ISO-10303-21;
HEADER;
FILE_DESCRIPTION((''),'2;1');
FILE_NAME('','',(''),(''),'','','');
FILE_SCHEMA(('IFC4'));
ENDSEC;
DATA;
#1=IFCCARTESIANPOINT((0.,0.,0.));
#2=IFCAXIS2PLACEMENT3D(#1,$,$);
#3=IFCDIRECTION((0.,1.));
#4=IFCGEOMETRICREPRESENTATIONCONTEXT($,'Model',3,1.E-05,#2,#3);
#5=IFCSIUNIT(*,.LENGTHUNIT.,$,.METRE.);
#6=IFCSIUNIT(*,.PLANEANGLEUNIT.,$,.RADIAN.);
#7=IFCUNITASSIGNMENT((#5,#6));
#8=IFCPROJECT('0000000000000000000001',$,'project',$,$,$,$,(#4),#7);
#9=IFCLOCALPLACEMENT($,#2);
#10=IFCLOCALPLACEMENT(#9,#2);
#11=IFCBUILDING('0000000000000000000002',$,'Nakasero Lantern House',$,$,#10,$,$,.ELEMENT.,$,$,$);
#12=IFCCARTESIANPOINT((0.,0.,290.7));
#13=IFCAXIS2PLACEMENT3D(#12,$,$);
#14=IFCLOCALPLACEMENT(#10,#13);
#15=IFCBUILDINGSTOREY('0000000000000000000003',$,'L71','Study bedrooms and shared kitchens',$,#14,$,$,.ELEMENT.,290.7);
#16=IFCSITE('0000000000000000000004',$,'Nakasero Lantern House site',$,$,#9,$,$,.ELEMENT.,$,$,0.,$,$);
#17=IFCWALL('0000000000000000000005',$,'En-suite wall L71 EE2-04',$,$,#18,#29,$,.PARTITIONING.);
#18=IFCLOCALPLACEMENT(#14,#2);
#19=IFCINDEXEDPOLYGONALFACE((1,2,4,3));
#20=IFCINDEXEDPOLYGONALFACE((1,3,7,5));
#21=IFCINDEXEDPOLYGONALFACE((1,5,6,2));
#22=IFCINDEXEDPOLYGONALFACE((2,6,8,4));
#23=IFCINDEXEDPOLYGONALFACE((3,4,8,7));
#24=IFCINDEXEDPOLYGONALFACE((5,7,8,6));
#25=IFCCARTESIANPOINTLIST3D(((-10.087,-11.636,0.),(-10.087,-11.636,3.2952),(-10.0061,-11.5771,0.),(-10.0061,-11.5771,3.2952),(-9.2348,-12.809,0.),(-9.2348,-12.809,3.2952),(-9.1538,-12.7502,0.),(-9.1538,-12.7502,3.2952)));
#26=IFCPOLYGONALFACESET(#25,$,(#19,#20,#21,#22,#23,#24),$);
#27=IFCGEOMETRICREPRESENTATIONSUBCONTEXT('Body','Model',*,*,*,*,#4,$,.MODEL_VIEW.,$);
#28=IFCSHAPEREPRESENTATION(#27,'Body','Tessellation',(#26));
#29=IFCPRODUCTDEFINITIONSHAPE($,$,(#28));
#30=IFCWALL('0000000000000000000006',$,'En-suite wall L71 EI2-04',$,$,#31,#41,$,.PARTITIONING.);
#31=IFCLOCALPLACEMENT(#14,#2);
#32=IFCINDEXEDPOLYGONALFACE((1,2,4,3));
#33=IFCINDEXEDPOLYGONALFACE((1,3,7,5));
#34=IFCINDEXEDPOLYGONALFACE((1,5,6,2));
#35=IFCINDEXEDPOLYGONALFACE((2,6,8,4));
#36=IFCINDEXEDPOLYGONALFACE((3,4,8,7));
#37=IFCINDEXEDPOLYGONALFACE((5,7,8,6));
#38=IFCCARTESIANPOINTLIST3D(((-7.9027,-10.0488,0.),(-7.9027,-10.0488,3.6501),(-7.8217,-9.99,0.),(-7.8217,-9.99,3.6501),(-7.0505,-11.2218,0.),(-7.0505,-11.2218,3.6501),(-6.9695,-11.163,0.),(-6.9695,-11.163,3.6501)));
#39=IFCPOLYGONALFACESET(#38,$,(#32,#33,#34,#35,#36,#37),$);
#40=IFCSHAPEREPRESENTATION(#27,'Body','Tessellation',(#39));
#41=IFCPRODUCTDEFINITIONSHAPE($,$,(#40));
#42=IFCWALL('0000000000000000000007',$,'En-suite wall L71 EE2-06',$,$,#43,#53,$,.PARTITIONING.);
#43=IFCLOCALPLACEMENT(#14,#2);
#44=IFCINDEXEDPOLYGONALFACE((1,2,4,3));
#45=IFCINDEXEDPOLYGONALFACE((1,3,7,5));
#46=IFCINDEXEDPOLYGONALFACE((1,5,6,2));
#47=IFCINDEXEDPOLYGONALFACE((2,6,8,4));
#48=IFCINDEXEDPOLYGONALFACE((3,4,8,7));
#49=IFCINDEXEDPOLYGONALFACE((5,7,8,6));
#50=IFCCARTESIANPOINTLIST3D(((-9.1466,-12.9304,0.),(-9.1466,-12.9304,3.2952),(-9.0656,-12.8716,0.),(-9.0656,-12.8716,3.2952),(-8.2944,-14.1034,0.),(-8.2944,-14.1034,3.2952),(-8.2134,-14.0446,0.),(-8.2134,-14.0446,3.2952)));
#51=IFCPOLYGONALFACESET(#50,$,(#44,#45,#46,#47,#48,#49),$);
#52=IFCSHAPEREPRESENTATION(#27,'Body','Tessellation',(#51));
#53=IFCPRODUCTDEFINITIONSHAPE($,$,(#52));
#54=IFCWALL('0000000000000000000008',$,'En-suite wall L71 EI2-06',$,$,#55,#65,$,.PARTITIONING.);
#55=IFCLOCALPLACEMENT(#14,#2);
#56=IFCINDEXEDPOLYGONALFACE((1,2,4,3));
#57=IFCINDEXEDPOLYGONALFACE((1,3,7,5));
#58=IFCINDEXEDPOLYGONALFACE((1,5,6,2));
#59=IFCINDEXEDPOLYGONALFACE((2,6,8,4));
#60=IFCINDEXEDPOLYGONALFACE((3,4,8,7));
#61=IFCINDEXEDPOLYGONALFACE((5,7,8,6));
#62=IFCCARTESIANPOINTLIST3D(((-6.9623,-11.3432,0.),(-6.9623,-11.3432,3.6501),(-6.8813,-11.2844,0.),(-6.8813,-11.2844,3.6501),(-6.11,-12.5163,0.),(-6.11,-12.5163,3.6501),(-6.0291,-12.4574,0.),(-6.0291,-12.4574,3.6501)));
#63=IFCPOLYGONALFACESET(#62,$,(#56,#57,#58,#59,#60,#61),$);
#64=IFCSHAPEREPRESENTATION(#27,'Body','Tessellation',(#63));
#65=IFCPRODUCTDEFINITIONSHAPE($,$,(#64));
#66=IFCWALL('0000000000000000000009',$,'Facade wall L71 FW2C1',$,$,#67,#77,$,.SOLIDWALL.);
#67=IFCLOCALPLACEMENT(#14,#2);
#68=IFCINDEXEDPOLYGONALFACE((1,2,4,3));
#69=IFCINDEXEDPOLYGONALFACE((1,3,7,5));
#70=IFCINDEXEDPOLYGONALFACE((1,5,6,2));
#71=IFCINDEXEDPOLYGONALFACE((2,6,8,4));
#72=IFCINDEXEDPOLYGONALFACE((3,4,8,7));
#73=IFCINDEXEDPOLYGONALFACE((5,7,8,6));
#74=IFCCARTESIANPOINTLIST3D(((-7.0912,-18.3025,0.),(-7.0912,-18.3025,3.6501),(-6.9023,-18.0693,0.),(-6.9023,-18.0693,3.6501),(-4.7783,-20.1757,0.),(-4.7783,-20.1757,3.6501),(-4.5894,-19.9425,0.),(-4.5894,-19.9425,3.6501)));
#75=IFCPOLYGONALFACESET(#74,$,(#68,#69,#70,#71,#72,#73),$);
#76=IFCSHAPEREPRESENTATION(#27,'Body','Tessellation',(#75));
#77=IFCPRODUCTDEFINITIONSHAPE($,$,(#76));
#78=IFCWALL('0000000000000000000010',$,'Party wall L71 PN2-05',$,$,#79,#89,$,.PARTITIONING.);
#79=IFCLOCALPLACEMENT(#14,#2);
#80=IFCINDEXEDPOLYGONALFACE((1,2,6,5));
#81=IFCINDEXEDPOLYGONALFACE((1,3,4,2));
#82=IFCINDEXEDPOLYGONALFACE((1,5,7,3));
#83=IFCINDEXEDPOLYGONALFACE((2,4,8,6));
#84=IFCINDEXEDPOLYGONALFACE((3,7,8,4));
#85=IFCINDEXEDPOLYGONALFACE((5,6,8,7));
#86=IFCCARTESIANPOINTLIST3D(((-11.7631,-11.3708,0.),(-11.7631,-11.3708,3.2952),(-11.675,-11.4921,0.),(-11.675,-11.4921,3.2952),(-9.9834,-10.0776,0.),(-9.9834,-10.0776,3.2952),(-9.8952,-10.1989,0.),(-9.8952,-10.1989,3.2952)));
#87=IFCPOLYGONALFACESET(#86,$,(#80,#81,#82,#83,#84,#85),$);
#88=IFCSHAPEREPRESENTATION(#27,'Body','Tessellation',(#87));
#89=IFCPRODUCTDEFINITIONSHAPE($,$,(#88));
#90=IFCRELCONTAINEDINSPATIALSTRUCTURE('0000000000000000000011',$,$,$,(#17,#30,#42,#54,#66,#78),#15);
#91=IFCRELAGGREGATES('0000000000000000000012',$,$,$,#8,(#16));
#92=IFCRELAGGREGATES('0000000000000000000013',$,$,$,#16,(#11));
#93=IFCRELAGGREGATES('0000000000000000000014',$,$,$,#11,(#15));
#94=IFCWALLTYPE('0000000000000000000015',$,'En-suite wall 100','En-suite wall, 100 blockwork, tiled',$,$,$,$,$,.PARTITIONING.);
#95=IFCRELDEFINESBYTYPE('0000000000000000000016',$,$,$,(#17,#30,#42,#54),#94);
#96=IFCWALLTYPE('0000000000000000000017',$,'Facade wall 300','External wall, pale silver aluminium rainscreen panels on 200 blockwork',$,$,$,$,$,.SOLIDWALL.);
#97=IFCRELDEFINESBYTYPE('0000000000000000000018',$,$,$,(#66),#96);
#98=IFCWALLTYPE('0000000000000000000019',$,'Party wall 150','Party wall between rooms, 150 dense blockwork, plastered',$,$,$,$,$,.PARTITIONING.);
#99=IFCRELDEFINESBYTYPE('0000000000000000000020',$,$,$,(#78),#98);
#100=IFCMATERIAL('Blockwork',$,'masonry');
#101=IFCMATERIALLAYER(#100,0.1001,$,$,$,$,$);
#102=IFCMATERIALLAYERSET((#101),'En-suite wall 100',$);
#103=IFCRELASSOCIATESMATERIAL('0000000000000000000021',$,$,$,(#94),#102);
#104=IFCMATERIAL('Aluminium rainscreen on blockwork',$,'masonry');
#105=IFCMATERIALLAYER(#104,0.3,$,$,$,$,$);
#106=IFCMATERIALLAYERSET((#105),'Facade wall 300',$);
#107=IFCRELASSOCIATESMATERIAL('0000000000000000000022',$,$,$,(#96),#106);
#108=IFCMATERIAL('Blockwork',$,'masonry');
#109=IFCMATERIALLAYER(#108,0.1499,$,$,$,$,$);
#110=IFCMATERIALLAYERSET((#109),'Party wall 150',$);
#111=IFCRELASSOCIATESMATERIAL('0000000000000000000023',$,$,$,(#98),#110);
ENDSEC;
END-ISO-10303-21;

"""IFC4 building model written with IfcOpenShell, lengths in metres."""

from ifc_helpers import new_model, si_unit, direction, frame, frame_2d, origin, place, context, subcontext, project, spatial, rectangle, extrude, material, layer, layer_set, type_object, element, save


model = new_model("IFC4")

# Units and contexts
model_context = context("Model", 3, precision=1e-05, world=origin(), true_north=direction((0.0, 1.0)))
body_context = subcontext(model_context, "Body", "Model", "MODEL_VIEW")
ifc_project = project(units=[si_unit("LENGTHUNIT", "METRE"), si_unit("PLANEANGLEUNIT", "RADIAN")], contexts=[model_context])

# Site, building, storey
site_placement = place(None, origin())
site = spatial("IfcSite", under=ifc_project, at=site_placement, Name="Nakasero Lantern House site", CompositionType="ELEMENT", RefElevation=0.0)
building_placement = place(site_placement, origin())
building = spatial("IfcBuilding", under=site, at=building_placement, Name="Nakasero Lantern House", CompositionType="ELEMENT")
storey_placement = place(building_placement, frame((0.0, 0.0, 290.7)))
storey = spatial("IfcBuildingStorey", under=building, at=storey_placement, Name="L71", Description="Study bedrooms and shared kitchens", CompositionType="ELEMENT", Elevation=290.7)

# Shared definitions
ifc_material_1 = material(Name="Blockwork", Category="masonry")
ifc_layer_1 = layer(ifc_material_1, 0.1001)
ifc_layer_set_1 = layer_set([ifc_layer_1], Name="En-suite wall 100")
wall_type_1 = type_object("IfcWallType", Name="En-suite wall 100", Description="En-suite wall, 100 blockwork, tiled", PredefinedType="PARTITIONING", material=ifc_layer_set_1)

# Walls
wall_1_placement = place(storey_placement, frame((-10.0466, -11.6064, 0.0), z_axis=(0.0, 0.0, 1.0), x_axis=(0.587781, -0.80902, 0.0)))
element("IfcWall", 1, at=wall_1_placement, inside=storey, type_object=wall_type_1, Name="En-suite wall L71 EE2-04", PredefinedType="PARTITIONING", context=body_context, shape_type="SweptSolid", body=[
    extrude(rectangle(XDim=1.45, YDim=0.1001, at=frame_2d((0.7251, 0.0))), origin(), (0.0, 0.0, 1.0), 3.2952),
])
wall_2_placement = place(storey_placement, frame((-7.8623, -10.0193, 0.0), z_axis=(0.0, 0.0, 1.0), x_axis=(0.587781, -0.80902, 0.0)))
element("IfcWall", 2, at=wall_2_placement, inside=storey, type_object=wall_type_1, Name="En-suite wall L71 EI2-04", PredefinedType="PARTITIONING", context=body_context, shape_type="SweptSolid", body=[
    extrude(rectangle(XDim=1.45, YDim=0.1001, at=frame_2d((0.7251, 0.0))), origin(), (0.0, 0.0, 1.0), 3.6501),
])
wall_3_placement = place(storey_placement, frame((-9.1062, -12.9009, 0.0), z_axis=(0.0, 0.0, 1.0), x_axis=(0.587781, -0.80902, 0.0)))
element("IfcWall", 3, at=wall_3_placement, inside=storey, type_object=wall_type_1, Name="En-suite wall L71 EE2-06", PredefinedType="PARTITIONING", context=body_context, shape_type="SweptSolid", body=[
    extrude(rectangle(XDim=1.45, YDim=0.1001, at=frame_2d((0.7251, 0.0))), origin(), (0.0, 0.0, 1.0), 3.2952),
])
wall_4_placement = place(storey_placement, frame((-6.9219, -11.3137, 0.0), z_axis=(0.0, 0.0, 1.0), x_axis=(0.587781, -0.80902, 0.0)))
element("IfcWall", 4, at=wall_4_placement, inside=storey, type_object=wall_type_1, Name="En-suite wall L71 EI2-06", PredefinedType="PARTITIONING", context=body_context, shape_type="SweptSolid", body=[
    extrude(rectangle(XDim=1.45, YDim=0.1001, at=frame_2d((0.7251, 0.0))), origin(), (0.0, 0.0, 1.0), 3.6501),
])
ifc_material_2 = material(Name="Aluminium rainscreen on blockwork", Category="masonry")
ifc_layer_2 = layer(ifc_material_2, 0.3)
ifc_layer_set_2 = layer_set([ifc_layer_2], Name="Facade wall 300")
wall_type_2 = type_object("IfcWallType", Name="Facade wall 300", Description="External wall, pale silver aluminium rainscreen panels on 200 blockwork", PredefinedType="SOLIDWALL", material=ifc_layer_set_2)
wall_5_placement = place(storey_placement, frame((-6.9968, -18.1858, 0.0), z_axis=(0.0, 0.0, 1.0), x_axis=(0.777102, -0.629375, 0.0)))
element("IfcWall", 5, at=wall_5_placement, inside=storey, type_object=wall_type_2, Name="Facade wall L71 FW2C1", PredefinedType="SOLIDWALL", context=body_context, shape_type="SweptSolid", body=[
    extrude(rectangle(XDim=2.9763, YDim=0.3, at=frame_2d((1.4883, 0.0))), origin(), (0.0, 0.0, 1.0), 3.6501),
])
ifc_material_3 = material(Name="Blockwork", Category="masonry")
ifc_layer_3 = layer(ifc_material_3, 0.1499)
ifc_layer_set_3 = layer_set([ifc_layer_3], Name="Party wall 150")
wall_type_3 = type_object("IfcWallType", Name="Party wall 150", Description="Party wall between rooms, 150 dense blockwork, plastered", PredefinedType="PARTITIONING", material=ifc_layer_set_3)
wall_6_placement = place(storey_placement, frame((-9.9392, -10.1382, 0.0), z_axis=(0.0, 0.0, 1.0), x_axis=(-0.80899, -0.587822, 0.0)))
element("IfcWall", 6, at=wall_6_placement, inside=storey, type_object=wall_type_3, Name="Party wall L71 PN2-05", PredefinedType="PARTITIONING", context=body_context, shape_type="SweptSolid", body=[
    extrude(rectangle(XDim=2.2, YDim=0.1499, at=frame_2d((1.1001, 0.0))), origin(), (0.0, 0.0, 1.0), 3.2952),
])

save(model, "model.ifc")
